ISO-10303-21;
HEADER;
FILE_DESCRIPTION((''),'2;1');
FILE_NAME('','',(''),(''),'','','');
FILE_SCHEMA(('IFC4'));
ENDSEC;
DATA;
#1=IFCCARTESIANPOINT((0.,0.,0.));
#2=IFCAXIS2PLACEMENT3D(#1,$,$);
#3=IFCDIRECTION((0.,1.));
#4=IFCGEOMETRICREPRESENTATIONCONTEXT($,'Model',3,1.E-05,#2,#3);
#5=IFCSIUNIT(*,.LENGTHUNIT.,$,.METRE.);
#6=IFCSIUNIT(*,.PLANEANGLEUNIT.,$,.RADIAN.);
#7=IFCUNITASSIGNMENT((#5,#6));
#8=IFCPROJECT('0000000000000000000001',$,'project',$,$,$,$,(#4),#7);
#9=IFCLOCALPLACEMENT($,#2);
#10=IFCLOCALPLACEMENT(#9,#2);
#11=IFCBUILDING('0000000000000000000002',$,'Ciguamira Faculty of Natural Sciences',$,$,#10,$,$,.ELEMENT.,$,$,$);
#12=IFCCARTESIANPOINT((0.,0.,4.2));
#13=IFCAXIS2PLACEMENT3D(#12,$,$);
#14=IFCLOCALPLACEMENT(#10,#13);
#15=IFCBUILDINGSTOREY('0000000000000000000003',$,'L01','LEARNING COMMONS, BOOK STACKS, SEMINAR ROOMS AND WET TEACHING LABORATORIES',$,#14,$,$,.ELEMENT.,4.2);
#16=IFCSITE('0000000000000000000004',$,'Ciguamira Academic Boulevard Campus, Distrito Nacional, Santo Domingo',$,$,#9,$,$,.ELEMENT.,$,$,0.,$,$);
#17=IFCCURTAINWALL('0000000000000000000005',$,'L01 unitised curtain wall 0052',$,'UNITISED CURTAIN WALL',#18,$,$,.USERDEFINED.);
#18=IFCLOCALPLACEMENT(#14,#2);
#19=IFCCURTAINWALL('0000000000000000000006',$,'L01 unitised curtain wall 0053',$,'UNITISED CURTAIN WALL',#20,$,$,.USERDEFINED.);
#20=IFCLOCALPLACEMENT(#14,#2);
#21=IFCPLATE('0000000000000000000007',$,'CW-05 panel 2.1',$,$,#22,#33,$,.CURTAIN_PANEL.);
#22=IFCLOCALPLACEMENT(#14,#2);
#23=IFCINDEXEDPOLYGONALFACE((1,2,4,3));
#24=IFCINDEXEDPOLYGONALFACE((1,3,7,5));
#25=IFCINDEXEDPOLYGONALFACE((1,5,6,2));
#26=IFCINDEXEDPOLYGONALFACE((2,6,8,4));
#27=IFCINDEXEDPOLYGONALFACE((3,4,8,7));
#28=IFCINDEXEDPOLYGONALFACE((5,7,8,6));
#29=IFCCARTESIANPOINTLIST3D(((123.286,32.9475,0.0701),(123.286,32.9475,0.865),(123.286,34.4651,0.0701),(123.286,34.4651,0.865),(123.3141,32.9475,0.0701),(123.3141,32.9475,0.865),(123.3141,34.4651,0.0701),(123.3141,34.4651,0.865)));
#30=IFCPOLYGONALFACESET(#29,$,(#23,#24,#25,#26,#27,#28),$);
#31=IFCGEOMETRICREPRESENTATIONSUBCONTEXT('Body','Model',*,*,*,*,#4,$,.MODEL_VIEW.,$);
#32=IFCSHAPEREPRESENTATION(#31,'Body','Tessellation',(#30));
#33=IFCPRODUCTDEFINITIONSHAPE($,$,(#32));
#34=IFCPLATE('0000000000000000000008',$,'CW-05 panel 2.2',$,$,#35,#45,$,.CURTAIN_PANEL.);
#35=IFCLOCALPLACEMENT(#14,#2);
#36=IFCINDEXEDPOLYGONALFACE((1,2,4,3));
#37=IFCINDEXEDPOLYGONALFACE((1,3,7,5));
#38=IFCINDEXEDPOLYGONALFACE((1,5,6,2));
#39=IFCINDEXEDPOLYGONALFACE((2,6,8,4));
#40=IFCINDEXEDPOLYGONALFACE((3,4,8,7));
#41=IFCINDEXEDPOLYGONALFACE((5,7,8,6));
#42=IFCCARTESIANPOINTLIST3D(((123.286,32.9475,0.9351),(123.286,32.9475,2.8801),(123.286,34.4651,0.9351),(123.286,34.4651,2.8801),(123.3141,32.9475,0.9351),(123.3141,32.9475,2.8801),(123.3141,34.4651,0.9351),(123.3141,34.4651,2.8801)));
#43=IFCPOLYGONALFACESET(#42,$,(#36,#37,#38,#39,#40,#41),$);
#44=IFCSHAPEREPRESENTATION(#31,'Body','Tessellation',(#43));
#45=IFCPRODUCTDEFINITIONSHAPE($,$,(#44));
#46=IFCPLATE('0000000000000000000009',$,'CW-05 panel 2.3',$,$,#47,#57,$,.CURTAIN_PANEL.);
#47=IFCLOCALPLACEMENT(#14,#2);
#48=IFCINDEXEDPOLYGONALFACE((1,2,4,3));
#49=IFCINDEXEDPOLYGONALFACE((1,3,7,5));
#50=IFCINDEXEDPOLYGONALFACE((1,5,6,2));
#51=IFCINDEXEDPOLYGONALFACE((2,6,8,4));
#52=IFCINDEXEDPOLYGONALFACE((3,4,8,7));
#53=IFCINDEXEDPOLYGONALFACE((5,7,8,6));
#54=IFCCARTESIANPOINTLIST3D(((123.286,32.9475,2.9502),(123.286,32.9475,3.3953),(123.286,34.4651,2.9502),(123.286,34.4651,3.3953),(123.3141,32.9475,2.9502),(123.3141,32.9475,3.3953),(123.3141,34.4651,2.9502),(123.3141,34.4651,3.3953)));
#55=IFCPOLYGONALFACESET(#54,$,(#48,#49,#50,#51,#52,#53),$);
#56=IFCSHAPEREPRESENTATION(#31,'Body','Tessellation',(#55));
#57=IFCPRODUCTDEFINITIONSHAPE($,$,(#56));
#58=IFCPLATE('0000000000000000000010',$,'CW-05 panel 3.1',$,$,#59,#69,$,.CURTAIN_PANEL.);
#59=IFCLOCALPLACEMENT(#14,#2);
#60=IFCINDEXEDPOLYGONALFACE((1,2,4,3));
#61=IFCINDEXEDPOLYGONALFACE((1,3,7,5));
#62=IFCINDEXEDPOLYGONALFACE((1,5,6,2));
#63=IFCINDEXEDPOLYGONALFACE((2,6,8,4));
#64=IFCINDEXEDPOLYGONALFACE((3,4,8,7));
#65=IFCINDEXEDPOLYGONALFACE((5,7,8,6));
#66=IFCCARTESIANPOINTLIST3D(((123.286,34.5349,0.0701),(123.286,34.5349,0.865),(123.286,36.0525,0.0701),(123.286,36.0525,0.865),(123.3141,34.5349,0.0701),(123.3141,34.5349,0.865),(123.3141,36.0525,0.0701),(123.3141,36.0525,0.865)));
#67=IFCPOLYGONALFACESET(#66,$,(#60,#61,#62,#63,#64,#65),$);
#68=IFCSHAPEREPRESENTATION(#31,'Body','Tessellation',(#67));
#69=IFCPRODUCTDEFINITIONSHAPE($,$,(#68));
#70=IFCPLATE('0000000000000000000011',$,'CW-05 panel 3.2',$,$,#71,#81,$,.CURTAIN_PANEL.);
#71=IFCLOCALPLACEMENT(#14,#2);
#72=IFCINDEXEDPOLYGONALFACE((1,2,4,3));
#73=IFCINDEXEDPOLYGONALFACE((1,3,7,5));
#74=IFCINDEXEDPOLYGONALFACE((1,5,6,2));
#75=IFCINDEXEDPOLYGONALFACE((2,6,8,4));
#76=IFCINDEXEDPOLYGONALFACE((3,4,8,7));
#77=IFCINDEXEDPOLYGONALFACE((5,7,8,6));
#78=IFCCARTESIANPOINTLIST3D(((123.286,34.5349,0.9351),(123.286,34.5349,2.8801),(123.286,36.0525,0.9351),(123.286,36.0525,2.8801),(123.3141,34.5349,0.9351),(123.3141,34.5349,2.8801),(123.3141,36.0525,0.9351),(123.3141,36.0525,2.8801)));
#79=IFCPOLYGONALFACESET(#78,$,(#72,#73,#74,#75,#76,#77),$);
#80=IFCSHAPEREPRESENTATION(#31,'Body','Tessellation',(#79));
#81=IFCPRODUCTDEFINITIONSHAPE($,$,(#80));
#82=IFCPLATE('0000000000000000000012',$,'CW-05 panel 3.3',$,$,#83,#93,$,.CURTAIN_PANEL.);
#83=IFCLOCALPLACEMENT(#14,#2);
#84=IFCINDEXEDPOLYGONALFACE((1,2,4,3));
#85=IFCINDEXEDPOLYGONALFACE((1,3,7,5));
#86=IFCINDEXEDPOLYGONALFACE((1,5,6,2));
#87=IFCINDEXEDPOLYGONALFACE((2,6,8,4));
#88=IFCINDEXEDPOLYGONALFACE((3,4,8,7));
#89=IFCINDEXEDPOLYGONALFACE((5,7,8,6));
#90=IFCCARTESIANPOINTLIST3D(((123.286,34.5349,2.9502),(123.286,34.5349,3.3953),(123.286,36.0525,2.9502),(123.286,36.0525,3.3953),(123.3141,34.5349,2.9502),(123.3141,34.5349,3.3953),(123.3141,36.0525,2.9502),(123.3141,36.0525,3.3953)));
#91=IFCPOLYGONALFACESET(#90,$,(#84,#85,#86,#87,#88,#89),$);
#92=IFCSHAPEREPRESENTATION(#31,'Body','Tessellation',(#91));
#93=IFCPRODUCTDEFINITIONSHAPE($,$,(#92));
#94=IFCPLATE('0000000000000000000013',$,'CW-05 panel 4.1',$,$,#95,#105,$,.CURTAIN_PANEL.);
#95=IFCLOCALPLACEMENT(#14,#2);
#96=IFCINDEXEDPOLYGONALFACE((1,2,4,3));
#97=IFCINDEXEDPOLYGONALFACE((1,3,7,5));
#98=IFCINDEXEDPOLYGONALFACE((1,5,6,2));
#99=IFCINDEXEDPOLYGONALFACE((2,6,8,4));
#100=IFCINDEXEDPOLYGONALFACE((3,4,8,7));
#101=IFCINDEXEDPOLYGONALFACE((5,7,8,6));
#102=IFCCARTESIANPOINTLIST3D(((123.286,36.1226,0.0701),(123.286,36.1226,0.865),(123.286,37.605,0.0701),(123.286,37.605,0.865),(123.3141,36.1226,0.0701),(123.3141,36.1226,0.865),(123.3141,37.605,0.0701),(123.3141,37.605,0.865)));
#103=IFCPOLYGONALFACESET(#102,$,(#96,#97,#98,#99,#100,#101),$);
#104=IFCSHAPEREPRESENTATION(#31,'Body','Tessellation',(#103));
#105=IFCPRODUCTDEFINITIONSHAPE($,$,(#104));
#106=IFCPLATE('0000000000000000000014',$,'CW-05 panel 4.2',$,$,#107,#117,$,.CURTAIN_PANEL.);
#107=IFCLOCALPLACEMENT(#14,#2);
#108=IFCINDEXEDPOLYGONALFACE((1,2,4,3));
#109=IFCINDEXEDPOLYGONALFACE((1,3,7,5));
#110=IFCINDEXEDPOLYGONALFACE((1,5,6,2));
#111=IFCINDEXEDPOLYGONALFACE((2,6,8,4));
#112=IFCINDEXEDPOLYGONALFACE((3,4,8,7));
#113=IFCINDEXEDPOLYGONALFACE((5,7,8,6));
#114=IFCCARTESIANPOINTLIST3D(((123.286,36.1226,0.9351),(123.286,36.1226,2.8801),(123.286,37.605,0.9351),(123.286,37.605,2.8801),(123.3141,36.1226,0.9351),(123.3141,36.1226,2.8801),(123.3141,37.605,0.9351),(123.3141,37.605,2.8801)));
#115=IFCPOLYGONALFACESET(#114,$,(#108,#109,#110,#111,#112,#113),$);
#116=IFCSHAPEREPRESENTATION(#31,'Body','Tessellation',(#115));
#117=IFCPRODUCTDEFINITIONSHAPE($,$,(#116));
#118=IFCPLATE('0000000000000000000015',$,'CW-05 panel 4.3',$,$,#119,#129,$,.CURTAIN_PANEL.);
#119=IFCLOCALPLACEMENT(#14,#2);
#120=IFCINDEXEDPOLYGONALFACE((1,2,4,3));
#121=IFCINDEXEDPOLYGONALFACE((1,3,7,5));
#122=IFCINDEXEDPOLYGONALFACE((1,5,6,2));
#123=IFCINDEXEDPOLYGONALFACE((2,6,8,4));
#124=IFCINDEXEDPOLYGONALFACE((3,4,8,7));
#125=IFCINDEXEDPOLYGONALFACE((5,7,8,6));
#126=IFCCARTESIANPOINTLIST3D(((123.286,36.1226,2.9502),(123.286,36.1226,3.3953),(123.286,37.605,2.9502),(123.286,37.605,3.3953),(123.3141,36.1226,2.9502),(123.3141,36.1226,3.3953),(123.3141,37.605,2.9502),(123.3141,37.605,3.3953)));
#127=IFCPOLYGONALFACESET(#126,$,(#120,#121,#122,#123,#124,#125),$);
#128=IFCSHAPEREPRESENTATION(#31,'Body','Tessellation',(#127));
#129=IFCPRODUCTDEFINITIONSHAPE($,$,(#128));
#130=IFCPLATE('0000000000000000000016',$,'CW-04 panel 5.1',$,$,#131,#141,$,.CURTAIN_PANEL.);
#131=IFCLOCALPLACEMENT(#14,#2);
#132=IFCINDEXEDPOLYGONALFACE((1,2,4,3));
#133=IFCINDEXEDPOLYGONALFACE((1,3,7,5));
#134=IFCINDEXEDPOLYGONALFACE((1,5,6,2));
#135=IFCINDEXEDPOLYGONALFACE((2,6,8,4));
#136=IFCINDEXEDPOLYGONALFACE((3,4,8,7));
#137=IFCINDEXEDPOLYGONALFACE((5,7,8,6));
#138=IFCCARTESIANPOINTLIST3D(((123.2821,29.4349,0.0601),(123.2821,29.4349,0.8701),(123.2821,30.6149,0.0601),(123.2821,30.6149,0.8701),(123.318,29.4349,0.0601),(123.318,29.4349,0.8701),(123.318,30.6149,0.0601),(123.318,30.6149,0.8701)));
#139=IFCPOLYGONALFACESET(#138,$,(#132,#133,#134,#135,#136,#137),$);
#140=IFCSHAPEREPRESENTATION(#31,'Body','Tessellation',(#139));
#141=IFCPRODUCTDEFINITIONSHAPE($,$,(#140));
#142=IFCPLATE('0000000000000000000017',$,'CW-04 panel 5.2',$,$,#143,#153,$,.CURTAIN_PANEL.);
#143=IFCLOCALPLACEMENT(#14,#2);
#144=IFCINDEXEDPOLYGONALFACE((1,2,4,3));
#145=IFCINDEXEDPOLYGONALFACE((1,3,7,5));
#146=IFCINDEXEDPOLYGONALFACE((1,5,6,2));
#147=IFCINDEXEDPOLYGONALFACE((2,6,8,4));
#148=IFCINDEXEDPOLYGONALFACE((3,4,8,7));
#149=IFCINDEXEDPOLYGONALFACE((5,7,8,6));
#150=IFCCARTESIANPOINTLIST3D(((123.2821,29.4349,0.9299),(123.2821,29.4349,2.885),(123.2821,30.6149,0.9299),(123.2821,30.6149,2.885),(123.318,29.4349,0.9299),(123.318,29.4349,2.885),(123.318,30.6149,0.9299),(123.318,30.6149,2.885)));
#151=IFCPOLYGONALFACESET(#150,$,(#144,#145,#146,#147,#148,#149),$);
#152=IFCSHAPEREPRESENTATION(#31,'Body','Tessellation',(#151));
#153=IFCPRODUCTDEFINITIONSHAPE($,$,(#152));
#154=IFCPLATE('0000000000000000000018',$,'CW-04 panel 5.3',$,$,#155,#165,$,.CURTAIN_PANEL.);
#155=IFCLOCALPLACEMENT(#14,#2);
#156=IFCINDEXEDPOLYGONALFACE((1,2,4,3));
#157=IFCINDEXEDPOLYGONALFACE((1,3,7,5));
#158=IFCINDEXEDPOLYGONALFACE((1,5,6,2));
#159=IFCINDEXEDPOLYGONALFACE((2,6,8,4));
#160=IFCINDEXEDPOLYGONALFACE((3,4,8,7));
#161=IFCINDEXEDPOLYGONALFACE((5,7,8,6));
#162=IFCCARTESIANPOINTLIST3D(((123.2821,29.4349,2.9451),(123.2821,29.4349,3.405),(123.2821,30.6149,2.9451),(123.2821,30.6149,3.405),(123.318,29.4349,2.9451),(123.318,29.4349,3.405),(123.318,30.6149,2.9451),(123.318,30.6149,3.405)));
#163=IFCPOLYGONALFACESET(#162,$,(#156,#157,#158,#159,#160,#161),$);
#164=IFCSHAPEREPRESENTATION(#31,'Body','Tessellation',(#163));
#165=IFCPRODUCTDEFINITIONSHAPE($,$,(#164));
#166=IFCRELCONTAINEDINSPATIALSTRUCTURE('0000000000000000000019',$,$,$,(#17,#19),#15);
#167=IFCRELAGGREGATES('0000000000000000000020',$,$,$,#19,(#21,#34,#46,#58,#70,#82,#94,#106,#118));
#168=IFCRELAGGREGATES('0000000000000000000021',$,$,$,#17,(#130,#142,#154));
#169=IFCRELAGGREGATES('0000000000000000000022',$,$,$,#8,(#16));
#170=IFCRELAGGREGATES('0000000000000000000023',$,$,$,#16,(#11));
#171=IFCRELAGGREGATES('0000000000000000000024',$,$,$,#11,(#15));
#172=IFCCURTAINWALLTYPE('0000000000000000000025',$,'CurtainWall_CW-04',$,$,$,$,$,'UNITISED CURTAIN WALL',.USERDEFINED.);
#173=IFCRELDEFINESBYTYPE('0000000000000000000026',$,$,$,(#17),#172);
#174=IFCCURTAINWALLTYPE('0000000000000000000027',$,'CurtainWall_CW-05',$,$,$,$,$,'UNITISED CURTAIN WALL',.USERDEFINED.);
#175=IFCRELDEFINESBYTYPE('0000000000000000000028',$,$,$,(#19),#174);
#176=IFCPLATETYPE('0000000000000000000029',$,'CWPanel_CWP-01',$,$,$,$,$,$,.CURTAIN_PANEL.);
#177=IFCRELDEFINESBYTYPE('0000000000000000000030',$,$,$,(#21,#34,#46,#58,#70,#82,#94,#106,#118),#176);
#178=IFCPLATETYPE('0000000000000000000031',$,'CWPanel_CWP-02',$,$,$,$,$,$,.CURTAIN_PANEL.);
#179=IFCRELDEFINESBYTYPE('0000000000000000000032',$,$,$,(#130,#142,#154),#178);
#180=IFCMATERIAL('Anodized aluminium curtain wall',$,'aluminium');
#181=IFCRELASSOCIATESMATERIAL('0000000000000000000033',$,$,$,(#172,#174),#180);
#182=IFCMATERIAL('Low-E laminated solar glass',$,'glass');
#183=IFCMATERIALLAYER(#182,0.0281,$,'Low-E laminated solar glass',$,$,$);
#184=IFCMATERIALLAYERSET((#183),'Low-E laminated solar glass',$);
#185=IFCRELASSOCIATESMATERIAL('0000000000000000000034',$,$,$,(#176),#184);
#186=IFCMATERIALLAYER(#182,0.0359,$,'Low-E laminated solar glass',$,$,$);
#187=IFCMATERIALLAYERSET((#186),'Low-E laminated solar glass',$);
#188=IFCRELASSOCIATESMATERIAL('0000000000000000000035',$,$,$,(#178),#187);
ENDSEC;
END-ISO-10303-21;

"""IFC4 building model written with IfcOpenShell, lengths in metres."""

from ifc_helpers import new_model, si_unit, direction, frame, origin, origin_2d, place, context, subcontext, project, spatial, rectangle, extrude, material, layer, layer_set, type_object, element, aggregate, save


model = new_model("IFC4")

# Units and contexts
model_context = context("Model", 3, precision=1e-05, world=origin(), true_north=direction((0.0, 1.0)))
body_context = subcontext(model_context, "Body", "Model", "MODEL_VIEW")
ifc_project = project(units=[si_unit("LENGTHUNIT", "METRE"), si_unit("PLANEANGLEUNIT", "RADIAN")], contexts=[model_context])

# Site, building, storey
site_placement = place(None, origin())
site = spatial("IfcSite", under=ifc_project, at=site_placement, Name="Ciguamira Academic Boulevard Campus, Distrito Nacional, Santo Domingo", CompositionType="ELEMENT", RefElevation=0.0)
building_placement = place(site_placement, origin())
building = spatial("IfcBuilding", under=site, at=building_placement, Name="Ciguamira Faculty of Natural Sciences", CompositionType="ELEMENT")
storey_placement = place(building_placement, frame((0.0, 0.0, 4.2)))
storey = spatial("IfcBuildingStorey", under=building, at=storey_placement, Name="L01", Description="LEARNING COMMONS, BOOK STACKS, SEMINAR ROOMS AND WET TEACHING LABORATORIES", CompositionType="ELEMENT", Elevation=4.2)

# Curtain wall
ifc_material_1 = material(Name="Anodized aluminium curtain wall", Category="aluminium")
curtain_wall_type_1 = type_object("IfcCurtainWallType", Name="CurtainWall_CW-04", ElementType="UNITISED CURTAIN WALL", PredefinedType="USERDEFINED", material=ifc_material_1)
curtain_wall_1_placement = place(storey_placement, origin())
curtain_wall_1 = element("IfcCurtainWall", 1, at=curtain_wall_1_placement, inside=storey, type_object=curtain_wall_type_1, Name="L01 unitised curtain wall 0052", ObjectType="UNITISED CURTAIN WALL", PredefinedType="USERDEFINED")

# Curtain wall
curtain_wall_type_2 = type_object("IfcCurtainWallType", Name="CurtainWall_CW-05", ElementType="UNITISED CURTAIN WALL", PredefinedType="USERDEFINED", material=ifc_material_1)
curtain_wall_2_placement = place(storey_placement, origin())
curtain_wall_2 = element("IfcCurtainWall", 2, at=curtain_wall_2_placement, inside=storey, type_object=curtain_wall_type_2, Name="L01 unitised curtain wall 0053", ObjectType="UNITISED CURTAIN WALL", PredefinedType="USERDEFINED")

# Plates
ifc_material_2 = material(Name="Low-E laminated solar glass", Category="glass")
ifc_layer_1 = layer(ifc_material_2, 0.0281, Name="Low-E laminated solar glass")
ifc_layer_set_1 = layer_set([ifc_layer_1], Name="Low-E laminated solar glass")
plate_type_1 = type_object("IfcPlateType", Name="CWPanel_CWP-01", PredefinedType="CURTAIN_PANEL", material=ifc_layer_set_1)
plate_1_placement = place(storey_placement, frame((123.3, 33.7063, 0.0701), z_axis=(0.0, 0.0, 1.0), x_axis=(0.0, 1.0, 0.0)))
plate_1 = element("IfcPlate", 3, at=plate_1_placement, type_object=plate_type_1, Name="CW-05 panel 2.1", PredefinedType="CURTAIN_PANEL", context=body_context, shape_type="SweptSolid", body=[
    extrude(rectangle(XDim=1.5176, YDim=0.0281, at=origin_2d()), origin(), (0.0, 0.0, 1.0), 0.7949),
])
plate_2_placement = place(storey_placement, frame((123.3, 33.7063, 0.9351), z_axis=(0.0, 0.0, 1.0), x_axis=(0.0, 1.0, 0.0)))
plate_2 = element("IfcPlate", 4, at=plate_2_placement, type_object=plate_type_1, Name="CW-05 panel 2.2", PredefinedType="CURTAIN_PANEL", context=body_context, shape_type="SweptSolid", body=[
    extrude(rectangle(XDim=1.5176, YDim=0.0281, at=origin_2d()), origin(), (0.0, 0.0, 1.0), 1.9451),
])
plate_3_placement = place(storey_placement, frame((123.3, 33.7063, 2.9502), z_axis=(0.0, 0.0, 1.0), x_axis=(0.0, 1.0, 0.0)))
plate_3 = element("IfcPlate", 5, at=plate_3_placement, type_object=plate_type_1, Name="CW-05 panel 2.3", PredefinedType="CURTAIN_PANEL", context=body_context, shape_type="SweptSolid", body=[
    extrude(rectangle(XDim=1.5176, YDim=0.0281, at=origin_2d()), origin(), (0.0, 0.0, 1.0), 0.4451),
])
plate_4_placement = place(storey_placement, frame((123.3, 35.2937, 0.0701), z_axis=(0.0, 0.0, 1.0), x_axis=(0.0, 1.0, 0.0)))
plate_4 = element("IfcPlate", 6, at=plate_4_placement, type_object=plate_type_1, Name="CW-05 panel 3.1", PredefinedType="CURTAIN_PANEL", context=body_context, shape_type="SweptSolid", body=[
    extrude(rectangle(XDim=1.5176, YDim=0.0281, at=origin_2d()), origin(), (0.0, 0.0, 1.0), 0.7949),
])
plate_5_placement = place(storey_placement, frame((123.3, 35.2937, 0.9351), z_axis=(0.0, 0.0, 1.0), x_axis=(0.0, 1.0, 0.0)))
plate_5 = element("IfcPlate", 7, at=plate_5_placement, type_object=plate_type_1, Name="CW-05 panel 3.2", PredefinedType="CURTAIN_PANEL", context=body_context, shape_type="SweptSolid", body=[
    extrude(rectangle(XDim=1.5176, YDim=0.0281, at=origin_2d()), origin(), (0.0, 0.0, 1.0), 1.9451),
])
plate_6_placement = place(storey_placement, frame((123.3, 35.2937, 2.9502), z_axis=(0.0, 0.0, 1.0), x_axis=(0.0, 1.0, 0.0)))
plate_6 = element("IfcPlate", 8, at=plate_6_placement, type_object=plate_type_1, Name="CW-05 panel 3.3", PredefinedType="CURTAIN_PANEL", context=body_context, shape_type="SweptSolid", body=[
    extrude(rectangle(XDim=1.5176, YDim=0.0281, at=origin_2d()), origin(), (0.0, 0.0, 1.0), 0.4451),
])
plate_7_placement = place(storey_placement, frame((123.3, 36.8638, 0.0701), z_axis=(0.0, 0.0, 1.0), x_axis=(0.0, 1.0, 0.0)))
plate_7 = element("IfcPlate", 9, at=plate_7_placement, type_object=plate_type_1, Name="CW-05 panel 4.1", PredefinedType="CURTAIN_PANEL", context=body_context, shape_type="SweptSolid", body=[
    extrude(rectangle(XDim=1.4824, YDim=0.0281, at=origin_2d()), origin(), (0.0, 0.0, 1.0), 0.7949),
])
plate_8_placement = place(storey_placement, frame((123.3, 36.8638, 0.9351), z_axis=(0.0, 0.0, 1.0), x_axis=(0.0, 1.0, 0.0)))
plate_8 = element("IfcPlate", 10, at=plate_8_placement, type_object=plate_type_1, Name="CW-05 panel 4.2", PredefinedType="CURTAIN_PANEL", context=body_context, shape_type="SweptSolid", body=[
    extrude(rectangle(XDim=1.4824, YDim=0.0281, at=origin_2d()), origin(), (0.0, 0.0, 1.0), 1.9451),
])
plate_9_placement = place(storey_placement, frame((123.3, 36.8638, 2.9502), z_axis=(0.0, 0.0, 1.0), x_axis=(0.0, 1.0, 0.0)))
plate_9 = element("IfcPlate", 11, at=plate_9_placement, type_object=plate_type_1, Name="CW-05 panel 4.3", PredefinedType="CURTAIN_PANEL", context=body_context, shape_type="SweptSolid", body=[
    extrude(rectangle(XDim=1.4824, YDim=0.0281, at=origin_2d()), origin(), (0.0, 0.0, 1.0), 0.4451),
])
aggregate(curtain_wall_2, [plate_1, plate_2, plate_3, plate_4, plate_5, plate_6, plate_7, plate_8, plate_9])
ifc_layer_2 = layer(ifc_material_2, 0.0359, Name="Low-E laminated solar glass")
ifc_layer_set_2 = layer_set([ifc_layer_2], Name="Low-E laminated solar glass")
plate_type_2 = type_object("IfcPlateType", Name="CWPanel_CWP-02", PredefinedType="CURTAIN_PANEL", material=ifc_layer_set_2)
plate_10_placement = place(storey_placement, frame((123.3, 30.0249, 0.0601), z_axis=(0.0, 0.0, 1.0), x_axis=(0.0, 1.0, 0.0)))
plate_10 = element("IfcPlate", 12, at=plate_10_placement, type_object=plate_type_2, Name="CW-04 panel 5.1", PredefinedType="CURTAIN_PANEL", context=body_context, shape_type="SweptSolid", body=[
    extrude(rectangle(XDim=1.1799, YDim=0.0359, at=origin_2d()), origin(), (0.0, 0.0, 1.0), 0.8101),
])
plate_11_placement = place(storey_placement, frame((123.3, 30.0249, 0.9299), z_axis=(0.0, 0.0, 1.0), x_axis=(0.0, 1.0, 0.0)))
plate_11 = element("IfcPlate", 13, at=plate_11_placement, type_object=plate_type_2, Name="CW-04 panel 5.2", PredefinedType="CURTAIN_PANEL", context=body_context, shape_type="SweptSolid", body=[
    extrude(rectangle(XDim=1.1799, YDim=0.0359, at=origin_2d()), origin(), (0.0, 0.0, 1.0), 1.9551),
])
plate_12_placement = place(storey_placement, frame((123.3, 30.0249, 2.9451), z_axis=(0.0, 0.0, 1.0), x_axis=(0.0, 1.0, 0.0)))
plate_12 = element("IfcPlate", 14, at=plate_12_placement, type_object=plate_type_2, Name="CW-04 panel 5.3", PredefinedType="CURTAIN_PANEL", context=body_context, shape_type="SweptSolid", body=[
    extrude(rectangle(XDim=1.1799, YDim=0.0359, at=origin_2d()), origin(), (0.0, 0.0, 1.0), 0.46),
])
aggregate(curtain_wall_1, [plate_10, plate_11, plate_12])

save(model, "model.ifc")
